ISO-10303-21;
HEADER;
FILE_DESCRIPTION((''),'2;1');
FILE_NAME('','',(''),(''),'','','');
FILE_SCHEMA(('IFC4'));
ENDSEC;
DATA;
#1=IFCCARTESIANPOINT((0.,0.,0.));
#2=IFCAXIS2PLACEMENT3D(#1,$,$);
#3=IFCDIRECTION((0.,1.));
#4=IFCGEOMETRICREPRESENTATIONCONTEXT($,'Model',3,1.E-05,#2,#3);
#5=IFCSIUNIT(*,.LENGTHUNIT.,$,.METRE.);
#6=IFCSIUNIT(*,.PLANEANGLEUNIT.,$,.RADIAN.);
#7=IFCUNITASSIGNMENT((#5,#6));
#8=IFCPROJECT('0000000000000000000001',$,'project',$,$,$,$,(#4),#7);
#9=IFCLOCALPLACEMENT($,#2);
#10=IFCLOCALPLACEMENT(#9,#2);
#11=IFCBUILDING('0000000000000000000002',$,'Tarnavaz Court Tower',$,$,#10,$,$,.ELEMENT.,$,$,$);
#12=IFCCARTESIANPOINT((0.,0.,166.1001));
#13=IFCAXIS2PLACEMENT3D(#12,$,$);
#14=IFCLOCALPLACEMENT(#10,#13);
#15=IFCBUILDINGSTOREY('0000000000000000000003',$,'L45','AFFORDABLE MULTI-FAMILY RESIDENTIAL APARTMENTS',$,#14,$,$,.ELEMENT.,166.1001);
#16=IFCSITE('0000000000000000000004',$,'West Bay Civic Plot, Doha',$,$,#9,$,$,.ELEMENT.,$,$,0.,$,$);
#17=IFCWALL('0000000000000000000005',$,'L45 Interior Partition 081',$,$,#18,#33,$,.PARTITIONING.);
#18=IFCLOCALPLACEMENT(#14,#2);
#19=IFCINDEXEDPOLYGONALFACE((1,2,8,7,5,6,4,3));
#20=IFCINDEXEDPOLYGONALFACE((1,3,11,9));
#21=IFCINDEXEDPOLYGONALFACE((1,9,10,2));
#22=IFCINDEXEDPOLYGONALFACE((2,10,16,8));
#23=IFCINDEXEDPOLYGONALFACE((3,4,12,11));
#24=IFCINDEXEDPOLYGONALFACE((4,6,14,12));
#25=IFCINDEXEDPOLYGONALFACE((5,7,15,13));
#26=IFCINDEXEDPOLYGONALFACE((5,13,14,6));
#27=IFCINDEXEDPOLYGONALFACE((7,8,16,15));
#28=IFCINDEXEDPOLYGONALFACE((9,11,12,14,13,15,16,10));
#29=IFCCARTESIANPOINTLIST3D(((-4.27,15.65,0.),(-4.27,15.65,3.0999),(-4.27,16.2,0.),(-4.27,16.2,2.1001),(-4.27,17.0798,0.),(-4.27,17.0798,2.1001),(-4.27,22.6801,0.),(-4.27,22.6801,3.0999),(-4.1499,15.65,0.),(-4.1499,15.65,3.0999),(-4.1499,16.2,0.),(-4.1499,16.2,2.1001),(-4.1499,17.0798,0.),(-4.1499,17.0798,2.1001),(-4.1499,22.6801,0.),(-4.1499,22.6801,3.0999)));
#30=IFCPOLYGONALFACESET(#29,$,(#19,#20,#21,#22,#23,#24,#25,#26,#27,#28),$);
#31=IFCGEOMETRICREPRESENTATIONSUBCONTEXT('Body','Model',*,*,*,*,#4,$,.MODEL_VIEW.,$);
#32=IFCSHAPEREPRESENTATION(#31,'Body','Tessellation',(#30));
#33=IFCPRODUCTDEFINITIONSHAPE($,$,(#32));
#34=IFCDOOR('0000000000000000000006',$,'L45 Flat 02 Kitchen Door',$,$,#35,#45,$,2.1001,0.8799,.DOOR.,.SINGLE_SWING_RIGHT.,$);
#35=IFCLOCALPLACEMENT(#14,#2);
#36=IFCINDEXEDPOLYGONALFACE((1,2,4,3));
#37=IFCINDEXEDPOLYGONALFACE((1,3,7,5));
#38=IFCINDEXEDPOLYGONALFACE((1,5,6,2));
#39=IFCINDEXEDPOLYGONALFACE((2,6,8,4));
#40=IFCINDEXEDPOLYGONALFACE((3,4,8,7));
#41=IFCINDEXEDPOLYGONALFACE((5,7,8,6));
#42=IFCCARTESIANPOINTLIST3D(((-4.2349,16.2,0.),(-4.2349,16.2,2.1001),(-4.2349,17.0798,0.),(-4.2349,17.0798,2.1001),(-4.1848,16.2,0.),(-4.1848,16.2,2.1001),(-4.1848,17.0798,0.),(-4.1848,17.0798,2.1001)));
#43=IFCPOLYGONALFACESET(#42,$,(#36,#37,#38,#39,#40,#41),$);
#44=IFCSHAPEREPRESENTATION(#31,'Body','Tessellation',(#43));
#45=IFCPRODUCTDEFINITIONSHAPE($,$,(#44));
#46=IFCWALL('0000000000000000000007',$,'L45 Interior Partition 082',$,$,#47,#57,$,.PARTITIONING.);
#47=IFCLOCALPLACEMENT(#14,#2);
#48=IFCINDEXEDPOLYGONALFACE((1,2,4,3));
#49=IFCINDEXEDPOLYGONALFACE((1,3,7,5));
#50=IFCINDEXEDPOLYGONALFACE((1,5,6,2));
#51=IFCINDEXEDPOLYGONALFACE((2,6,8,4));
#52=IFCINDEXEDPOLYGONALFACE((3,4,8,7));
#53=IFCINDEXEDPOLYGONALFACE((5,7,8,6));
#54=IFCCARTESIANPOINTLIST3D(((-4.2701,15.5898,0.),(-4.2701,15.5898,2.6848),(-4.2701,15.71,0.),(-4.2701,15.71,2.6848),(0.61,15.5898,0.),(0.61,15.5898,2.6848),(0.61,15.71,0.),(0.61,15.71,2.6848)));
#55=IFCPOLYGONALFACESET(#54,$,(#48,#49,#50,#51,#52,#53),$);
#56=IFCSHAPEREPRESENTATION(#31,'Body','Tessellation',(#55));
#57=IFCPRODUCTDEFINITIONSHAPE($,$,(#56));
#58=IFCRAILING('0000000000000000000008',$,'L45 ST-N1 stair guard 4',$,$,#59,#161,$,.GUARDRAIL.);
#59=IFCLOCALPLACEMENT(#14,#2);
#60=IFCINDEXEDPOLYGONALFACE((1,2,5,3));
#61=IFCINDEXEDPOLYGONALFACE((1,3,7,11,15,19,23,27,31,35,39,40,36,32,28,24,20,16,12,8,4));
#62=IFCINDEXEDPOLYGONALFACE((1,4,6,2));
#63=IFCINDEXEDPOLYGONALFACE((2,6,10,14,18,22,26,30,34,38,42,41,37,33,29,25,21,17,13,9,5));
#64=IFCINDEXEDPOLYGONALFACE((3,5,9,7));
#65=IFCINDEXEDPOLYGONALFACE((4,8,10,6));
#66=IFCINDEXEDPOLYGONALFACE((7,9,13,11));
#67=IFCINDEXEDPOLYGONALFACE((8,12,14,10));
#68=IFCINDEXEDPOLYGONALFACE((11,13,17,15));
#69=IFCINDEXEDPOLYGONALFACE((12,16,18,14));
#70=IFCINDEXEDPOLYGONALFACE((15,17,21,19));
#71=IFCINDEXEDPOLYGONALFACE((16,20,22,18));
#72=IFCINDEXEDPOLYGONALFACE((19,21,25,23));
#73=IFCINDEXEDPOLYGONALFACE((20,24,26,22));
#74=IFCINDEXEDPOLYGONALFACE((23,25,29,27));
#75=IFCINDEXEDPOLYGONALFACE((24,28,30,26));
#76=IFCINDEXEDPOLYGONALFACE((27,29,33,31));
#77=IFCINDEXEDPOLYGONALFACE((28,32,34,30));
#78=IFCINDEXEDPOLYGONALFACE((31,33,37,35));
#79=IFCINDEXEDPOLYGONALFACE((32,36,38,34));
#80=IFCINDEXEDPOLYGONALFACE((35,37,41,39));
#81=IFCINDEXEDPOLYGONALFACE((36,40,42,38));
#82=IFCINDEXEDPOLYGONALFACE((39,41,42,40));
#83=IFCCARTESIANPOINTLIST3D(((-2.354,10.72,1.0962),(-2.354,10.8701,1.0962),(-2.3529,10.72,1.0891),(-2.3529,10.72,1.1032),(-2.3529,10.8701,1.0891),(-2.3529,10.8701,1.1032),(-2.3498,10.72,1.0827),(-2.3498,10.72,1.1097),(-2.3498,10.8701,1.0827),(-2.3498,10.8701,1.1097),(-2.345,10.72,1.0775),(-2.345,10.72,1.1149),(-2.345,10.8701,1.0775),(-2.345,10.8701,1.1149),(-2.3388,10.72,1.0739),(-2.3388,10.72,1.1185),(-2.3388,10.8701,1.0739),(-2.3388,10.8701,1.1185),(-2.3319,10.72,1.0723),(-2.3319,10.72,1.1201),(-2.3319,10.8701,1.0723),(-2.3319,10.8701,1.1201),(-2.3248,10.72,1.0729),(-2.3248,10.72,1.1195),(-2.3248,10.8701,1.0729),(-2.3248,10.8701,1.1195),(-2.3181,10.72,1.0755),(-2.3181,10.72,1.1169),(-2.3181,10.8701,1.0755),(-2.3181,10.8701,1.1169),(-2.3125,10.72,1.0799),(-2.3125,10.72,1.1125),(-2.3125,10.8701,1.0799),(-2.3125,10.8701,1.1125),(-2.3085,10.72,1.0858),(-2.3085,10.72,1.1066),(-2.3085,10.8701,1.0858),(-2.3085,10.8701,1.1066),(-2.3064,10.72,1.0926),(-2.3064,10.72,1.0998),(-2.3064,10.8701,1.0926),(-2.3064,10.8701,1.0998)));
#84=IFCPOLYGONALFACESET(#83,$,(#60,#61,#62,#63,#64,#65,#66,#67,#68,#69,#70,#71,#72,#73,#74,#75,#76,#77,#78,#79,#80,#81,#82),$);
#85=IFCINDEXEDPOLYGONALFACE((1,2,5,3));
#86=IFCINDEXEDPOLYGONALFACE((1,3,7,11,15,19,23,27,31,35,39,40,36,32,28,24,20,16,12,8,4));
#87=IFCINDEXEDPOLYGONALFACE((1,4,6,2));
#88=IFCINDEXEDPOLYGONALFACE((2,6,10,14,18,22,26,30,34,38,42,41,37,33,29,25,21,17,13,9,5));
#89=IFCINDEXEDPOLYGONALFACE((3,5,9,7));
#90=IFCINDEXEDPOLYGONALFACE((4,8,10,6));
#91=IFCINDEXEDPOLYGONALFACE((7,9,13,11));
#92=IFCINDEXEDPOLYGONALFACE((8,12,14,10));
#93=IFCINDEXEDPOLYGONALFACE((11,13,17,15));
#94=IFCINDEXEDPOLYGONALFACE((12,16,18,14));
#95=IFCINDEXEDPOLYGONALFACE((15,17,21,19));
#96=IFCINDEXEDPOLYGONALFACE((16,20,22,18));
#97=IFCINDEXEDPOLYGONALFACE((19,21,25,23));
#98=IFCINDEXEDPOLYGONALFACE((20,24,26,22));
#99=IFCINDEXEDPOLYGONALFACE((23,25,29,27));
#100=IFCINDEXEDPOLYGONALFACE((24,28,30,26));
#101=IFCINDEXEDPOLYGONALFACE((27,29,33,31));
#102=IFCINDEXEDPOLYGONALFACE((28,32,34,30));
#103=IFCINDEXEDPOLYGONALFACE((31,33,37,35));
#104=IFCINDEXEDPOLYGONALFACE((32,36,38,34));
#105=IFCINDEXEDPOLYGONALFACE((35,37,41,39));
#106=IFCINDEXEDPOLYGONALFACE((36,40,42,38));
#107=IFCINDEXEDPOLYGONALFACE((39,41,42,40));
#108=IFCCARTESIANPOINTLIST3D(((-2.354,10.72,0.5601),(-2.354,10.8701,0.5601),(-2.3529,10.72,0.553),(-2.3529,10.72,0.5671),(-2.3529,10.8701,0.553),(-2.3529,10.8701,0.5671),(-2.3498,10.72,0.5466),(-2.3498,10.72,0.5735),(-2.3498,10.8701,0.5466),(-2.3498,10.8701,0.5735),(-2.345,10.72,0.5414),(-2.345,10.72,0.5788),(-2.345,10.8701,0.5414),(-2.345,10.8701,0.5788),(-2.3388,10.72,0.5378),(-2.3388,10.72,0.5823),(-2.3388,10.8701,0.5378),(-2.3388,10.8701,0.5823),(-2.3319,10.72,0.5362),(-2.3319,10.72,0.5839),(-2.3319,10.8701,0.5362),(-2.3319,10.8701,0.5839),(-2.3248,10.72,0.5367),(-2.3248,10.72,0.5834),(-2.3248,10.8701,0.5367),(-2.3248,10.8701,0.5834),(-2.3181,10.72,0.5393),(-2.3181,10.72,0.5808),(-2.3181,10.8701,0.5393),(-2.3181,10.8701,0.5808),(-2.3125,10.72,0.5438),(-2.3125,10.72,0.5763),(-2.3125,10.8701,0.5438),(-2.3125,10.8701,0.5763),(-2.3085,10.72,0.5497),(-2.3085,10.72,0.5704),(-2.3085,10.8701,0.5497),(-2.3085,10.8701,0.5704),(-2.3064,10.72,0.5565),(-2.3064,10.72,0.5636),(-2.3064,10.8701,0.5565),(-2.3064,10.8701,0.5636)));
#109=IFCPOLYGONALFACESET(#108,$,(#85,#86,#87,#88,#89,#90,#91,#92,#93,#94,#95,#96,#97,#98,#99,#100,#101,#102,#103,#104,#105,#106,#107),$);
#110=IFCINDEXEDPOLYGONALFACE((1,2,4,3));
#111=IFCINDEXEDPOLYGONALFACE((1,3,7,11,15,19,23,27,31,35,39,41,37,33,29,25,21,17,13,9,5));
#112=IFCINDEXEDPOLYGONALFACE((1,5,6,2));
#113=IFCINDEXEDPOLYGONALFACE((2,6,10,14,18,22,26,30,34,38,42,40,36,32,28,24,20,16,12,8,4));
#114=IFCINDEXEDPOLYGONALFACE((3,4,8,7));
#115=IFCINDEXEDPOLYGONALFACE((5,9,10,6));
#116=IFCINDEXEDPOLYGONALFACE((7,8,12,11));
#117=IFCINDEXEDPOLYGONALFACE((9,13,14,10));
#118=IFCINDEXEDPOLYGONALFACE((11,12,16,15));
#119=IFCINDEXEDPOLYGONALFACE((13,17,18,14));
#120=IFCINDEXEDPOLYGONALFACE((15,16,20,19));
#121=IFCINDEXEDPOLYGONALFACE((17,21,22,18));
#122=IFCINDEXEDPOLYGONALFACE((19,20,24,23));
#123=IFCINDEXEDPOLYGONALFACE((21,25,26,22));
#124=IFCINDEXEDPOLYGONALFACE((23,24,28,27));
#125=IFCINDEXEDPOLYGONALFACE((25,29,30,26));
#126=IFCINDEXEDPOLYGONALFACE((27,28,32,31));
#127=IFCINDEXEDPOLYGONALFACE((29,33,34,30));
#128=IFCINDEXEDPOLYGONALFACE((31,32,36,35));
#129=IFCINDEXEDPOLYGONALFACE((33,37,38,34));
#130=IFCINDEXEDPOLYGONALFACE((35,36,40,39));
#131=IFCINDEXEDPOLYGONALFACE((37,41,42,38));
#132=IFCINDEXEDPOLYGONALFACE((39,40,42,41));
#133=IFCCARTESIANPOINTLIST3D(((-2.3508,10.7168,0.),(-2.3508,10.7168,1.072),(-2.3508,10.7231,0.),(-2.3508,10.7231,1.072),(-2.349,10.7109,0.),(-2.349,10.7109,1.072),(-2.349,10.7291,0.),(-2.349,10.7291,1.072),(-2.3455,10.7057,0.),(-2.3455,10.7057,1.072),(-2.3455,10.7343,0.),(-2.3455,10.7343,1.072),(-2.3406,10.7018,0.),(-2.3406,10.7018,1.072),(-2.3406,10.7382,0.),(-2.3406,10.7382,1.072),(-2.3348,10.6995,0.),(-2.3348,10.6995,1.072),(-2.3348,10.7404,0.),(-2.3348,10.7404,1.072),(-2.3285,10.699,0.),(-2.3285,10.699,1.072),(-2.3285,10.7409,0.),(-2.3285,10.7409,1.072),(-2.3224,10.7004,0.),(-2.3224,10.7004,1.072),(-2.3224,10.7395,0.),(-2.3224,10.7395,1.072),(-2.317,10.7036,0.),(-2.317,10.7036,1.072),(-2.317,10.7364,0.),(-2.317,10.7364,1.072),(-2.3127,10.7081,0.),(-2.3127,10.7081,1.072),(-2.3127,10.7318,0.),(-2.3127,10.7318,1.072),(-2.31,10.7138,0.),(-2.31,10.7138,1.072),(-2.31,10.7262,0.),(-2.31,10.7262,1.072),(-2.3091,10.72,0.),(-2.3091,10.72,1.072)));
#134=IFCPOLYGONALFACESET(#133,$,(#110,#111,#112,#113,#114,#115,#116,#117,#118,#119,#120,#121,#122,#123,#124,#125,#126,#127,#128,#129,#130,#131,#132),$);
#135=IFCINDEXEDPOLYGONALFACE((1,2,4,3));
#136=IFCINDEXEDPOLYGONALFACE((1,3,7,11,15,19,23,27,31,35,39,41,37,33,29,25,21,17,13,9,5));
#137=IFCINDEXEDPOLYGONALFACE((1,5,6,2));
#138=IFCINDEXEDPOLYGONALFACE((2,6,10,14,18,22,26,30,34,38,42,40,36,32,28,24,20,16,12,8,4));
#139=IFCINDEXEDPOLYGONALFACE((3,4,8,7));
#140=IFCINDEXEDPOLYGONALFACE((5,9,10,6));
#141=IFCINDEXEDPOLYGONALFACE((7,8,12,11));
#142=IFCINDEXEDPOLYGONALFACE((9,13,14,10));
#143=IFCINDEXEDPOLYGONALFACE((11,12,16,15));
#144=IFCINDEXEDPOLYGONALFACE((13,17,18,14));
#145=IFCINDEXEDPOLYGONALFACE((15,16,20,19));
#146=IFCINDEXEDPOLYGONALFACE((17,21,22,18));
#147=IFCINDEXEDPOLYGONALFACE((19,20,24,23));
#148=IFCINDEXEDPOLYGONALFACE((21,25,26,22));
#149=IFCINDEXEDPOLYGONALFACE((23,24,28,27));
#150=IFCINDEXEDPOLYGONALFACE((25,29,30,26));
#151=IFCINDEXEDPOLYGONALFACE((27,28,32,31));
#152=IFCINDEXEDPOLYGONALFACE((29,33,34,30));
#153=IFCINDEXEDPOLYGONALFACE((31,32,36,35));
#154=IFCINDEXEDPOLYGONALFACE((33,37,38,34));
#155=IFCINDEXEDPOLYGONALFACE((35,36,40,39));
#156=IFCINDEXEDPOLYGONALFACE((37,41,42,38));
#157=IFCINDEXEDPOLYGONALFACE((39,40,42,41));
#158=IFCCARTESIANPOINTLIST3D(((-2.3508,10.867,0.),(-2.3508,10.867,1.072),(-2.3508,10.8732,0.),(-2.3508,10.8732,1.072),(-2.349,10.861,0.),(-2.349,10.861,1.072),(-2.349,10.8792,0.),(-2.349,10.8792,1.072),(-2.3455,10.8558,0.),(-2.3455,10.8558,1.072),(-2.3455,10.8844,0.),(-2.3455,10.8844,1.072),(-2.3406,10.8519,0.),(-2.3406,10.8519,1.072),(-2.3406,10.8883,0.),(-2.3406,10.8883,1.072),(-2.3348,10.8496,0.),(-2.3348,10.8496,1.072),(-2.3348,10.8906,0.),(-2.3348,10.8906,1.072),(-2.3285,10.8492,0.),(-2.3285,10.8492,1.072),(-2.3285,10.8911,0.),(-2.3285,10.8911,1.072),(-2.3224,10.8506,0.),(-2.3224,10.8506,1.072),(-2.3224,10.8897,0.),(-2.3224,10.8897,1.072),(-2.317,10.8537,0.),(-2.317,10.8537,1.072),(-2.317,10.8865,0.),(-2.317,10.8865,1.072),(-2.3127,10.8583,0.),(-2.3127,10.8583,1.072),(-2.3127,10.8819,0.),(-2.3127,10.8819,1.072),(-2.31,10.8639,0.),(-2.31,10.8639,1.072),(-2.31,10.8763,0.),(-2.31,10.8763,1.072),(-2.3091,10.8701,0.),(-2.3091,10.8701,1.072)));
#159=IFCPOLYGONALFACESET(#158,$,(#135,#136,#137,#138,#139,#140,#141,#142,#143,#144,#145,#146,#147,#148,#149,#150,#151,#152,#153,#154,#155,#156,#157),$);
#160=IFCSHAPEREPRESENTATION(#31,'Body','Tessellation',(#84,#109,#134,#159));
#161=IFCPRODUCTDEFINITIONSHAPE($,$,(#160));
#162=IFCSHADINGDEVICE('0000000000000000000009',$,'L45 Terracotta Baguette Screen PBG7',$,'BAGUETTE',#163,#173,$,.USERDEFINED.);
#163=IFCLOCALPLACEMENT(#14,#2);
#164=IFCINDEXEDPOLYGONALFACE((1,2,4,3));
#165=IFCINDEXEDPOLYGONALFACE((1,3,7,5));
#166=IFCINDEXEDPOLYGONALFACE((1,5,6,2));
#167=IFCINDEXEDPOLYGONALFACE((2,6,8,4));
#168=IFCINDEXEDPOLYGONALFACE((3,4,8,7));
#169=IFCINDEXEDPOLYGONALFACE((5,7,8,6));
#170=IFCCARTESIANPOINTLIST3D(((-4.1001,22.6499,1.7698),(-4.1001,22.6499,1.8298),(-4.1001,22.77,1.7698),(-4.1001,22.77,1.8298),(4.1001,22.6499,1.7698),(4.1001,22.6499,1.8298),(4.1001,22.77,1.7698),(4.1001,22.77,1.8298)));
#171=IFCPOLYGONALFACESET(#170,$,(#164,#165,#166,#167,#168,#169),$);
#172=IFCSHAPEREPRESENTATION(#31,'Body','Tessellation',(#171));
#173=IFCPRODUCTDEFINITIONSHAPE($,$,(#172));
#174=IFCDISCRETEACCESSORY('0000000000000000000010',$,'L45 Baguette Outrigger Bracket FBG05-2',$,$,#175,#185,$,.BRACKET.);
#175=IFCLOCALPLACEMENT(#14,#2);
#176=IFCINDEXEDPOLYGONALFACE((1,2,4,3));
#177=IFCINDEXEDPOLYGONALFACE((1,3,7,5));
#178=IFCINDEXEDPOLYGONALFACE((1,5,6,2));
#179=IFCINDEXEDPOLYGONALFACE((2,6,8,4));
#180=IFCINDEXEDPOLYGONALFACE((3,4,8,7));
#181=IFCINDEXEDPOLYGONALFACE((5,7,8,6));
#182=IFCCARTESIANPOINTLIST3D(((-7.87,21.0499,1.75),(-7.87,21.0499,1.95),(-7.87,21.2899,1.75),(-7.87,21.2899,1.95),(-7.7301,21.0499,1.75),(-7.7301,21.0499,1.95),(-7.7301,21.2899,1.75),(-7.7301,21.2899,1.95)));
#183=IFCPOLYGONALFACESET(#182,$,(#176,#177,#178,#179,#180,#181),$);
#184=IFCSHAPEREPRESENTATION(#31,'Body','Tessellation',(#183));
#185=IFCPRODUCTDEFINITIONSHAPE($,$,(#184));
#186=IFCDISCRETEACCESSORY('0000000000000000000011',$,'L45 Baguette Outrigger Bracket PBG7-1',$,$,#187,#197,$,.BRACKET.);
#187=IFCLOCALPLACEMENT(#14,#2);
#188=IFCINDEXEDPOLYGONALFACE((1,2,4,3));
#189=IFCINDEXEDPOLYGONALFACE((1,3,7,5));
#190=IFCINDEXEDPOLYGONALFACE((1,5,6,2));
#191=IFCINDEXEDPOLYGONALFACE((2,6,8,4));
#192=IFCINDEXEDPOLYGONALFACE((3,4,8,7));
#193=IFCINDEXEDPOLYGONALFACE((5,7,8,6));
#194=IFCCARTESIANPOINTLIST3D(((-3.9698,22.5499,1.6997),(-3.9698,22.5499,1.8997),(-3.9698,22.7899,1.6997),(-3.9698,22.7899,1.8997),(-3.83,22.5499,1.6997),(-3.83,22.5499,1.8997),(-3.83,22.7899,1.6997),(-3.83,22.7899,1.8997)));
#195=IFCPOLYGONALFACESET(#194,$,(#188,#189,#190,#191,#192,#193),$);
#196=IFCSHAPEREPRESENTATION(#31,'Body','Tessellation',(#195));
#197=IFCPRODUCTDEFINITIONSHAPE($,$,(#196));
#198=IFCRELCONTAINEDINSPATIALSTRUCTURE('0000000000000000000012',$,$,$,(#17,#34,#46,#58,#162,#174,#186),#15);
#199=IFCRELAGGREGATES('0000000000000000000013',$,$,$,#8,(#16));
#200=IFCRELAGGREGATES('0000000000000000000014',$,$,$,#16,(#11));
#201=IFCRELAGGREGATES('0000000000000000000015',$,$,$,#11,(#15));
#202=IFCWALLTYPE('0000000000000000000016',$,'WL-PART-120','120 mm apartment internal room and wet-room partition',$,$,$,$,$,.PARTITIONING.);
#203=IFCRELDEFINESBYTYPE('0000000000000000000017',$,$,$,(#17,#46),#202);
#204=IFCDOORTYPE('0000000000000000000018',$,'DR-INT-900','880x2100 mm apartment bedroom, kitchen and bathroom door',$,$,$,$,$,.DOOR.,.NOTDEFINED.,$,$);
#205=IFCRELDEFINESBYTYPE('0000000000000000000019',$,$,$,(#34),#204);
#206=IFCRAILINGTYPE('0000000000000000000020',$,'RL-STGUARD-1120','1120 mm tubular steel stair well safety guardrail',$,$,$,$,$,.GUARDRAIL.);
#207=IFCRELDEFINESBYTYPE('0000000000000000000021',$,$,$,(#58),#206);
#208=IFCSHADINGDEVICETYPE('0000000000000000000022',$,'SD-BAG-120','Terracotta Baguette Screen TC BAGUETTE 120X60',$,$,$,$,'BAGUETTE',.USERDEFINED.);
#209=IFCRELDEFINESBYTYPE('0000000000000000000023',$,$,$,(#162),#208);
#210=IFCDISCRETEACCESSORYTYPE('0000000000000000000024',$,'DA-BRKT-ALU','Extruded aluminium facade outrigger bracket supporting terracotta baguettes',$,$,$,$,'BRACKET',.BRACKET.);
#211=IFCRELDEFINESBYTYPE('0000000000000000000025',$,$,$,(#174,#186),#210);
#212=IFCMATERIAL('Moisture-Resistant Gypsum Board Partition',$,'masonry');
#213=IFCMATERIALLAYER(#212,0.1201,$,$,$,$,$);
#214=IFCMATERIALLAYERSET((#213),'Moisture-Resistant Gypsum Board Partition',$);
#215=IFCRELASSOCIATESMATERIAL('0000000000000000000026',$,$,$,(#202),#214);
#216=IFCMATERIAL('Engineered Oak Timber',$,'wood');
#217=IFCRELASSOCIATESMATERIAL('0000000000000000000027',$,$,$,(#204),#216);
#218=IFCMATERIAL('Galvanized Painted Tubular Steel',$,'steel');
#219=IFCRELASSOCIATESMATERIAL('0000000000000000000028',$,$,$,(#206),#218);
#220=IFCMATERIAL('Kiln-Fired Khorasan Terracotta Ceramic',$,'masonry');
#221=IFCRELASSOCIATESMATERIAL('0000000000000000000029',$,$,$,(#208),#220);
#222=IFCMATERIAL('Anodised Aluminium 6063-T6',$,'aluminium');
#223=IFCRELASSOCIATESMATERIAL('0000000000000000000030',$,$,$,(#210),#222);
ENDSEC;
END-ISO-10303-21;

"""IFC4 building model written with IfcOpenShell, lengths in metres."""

from ifc_helpers import new_model, si_unit, direction, frame, frame_2d, origin, origin_2d, place, context, subcontext, project, spatial, rectangle, circle, extrude, material, layer, layer_set, material_profile, profile_set, type_object, element, fill, save


model = new_model("IFC4")

# Units and contexts
model_context = context("Model", 3, precision=1e-05, world=origin(), true_north=direction((0.0, 1.0)))
body_context = subcontext(model_context, "Body", "Model", "MODEL_VIEW")
ifc_project = project(units=[si_unit("LENGTHUNIT", "METRE"), si_unit("PLANEANGLEUNIT", "RADIAN")], contexts=[model_context])

# Site, building, storey
site_placement = place(None, origin())
site = spatial("IfcSite", under=ifc_project, at=site_placement, Name="West Bay Civic Plot, Doha", CompositionType="ELEMENT", RefElevation=0.0)
building_placement = place(site_placement, origin())
building = spatial("IfcBuilding", under=site, at=building_placement, Name="Tarnavaz Court Tower", CompositionType="ELEMENT")
storey_placement = place(building_placement, frame((0.0, 0.0, 166.1001)))
storey = spatial("IfcBuildingStorey", under=building, at=storey_placement, Name="L45", Description="AFFORDABLE MULTI-FAMILY RESIDENTIAL APARTMENTS", CompositionType="ELEMENT", Elevation=166.1001)

# Shared definitions
ifc_material_1 = material(Name="Anodised Aluminium 6063-T6", Category="aluminium")

# Wall, opening, door
ifc_material_2 = material(Name="Moisture-Resistant Gypsum Board Partition", Category="masonry")
ifc_layer_1 = layer(ifc_material_2, 0.1201)
ifc_layer_set_1 = layer_set([ifc_layer_1], Name="Moisture-Resistant Gypsum Board Partition")
wall_type_1 = type_object("IfcWallType", Name="WL-PART-120", Description="120 mm apartment internal room and wet-room partition", PredefinedType="PARTITIONING", material=ifc_layer_set_1)
ifc_material_3 = material(Name="Engineered Oak Timber", Category="wood")
door_type = type_object("IfcDoorType", Name="DR-INT-900", Description="880x2100 mm apartment bedroom, kitchen and bathroom door", OperationType="NOTDEFINED", PredefinedType="DOOR", material=ifc_material_3)
wall_1_placement = place(storey_placement, frame((-4.21, 15.6499, 0.0), z_axis=(0.0, 0.0, 1.0), x_axis=(0.0, 1.0, 0.0)))
wall_1 = element("IfcWall", 1, at=wall_1_placement, inside=storey, type_object=wall_type_1, Name="L45 Interior Partition 081", PredefinedType="PARTITIONING", context=body_context, shape_type="SweptSolid", body=[
    extrude(rectangle(XDim=7.03, YDim=0.1201, at=frame_2d((3.5151, 0.0))), origin(), (0.0, 0.0, 1.0), 3.0999),
])
opening_1_placement = place(wall_1_placement, frame((0.55, 0.0, 0.0)))
opening_1 = element("IfcOpeningElement", 2, at=opening_1_placement, cuts=wall_1, PredefinedType="OPENING", context=body_context, shape_type="SweptSolid", body=[
    extrude(rectangle(XDim=0.8799, YDim=2.1001, at=frame_2d((0.4399, 1.05))), frame((0.0, 0.0701, 0.0), z_axis=(0.0, -1.0, 0.0), x_axis=(1.0, 0.0, 0.0)), (0.0, 0.0, 1.0), 0.1401),
])
door_1_placement = place(opening_1_placement, origin())
door_1 = element("IfcDoor", 3, at=door_1_placement, inside=storey, type_object=door_type, Name="L45 Flat 02 Kitchen Door", OperationType="SINGLE_SWING_RIGHT", OverallHeight=2.1001, OverallWidth=0.8799, PredefinedType="DOOR", context=body_context, shape_type="SweptSolid", body=[
    extrude(rectangle(XDim=0.8799, YDim=2.1001, at=frame_2d((0.4399, 1.05))), frame((0.0, 0.0249, 0.0), z_axis=(0.0, -1.0, 0.0), x_axis=(1.0, 0.0, 0.0)), (0.0, 0.0, 1.0), 0.05),
])
fill(opening_1, door_1)

# Wall
wall_2_placement = place(storey_placement, frame((-4.27, 15.6499, 0.0), z_axis=(0.0, 0.0, 1.0), x_axis=(1.0, 0.0, 0.0)))
element("IfcWall", 4, at=wall_2_placement, inside=storey, type_object=wall_type_1, Name="L45 Interior Partition 082", PredefinedType="PARTITIONING", context=body_context, shape_type="SweptSolid", body=[
    extrude(rectangle(XDim=4.8801, YDim=0.1201, at=frame_2d((2.4399, 0.0))), origin(), (0.0, 0.0, 1.0), 2.6848),
])

# Railing
ifc_material_4 = material(Name="Galvanized Painted Tubular Steel", Category="steel")
railing_type = type_object("IfcRailingType", Name="RL-STGUARD-1120", Description="1120 mm tubular steel stair well safety guardrail", PredefinedType="GUARDRAIL", material=ifc_material_4)
railing_placement = place(storey_placement, frame((-2.3301, 10.72, 0.0)))
element("IfcRailing", 5, at=railing_placement, inside=storey, type_object=railing_type, Name="L45 ST-N1 stair guard 4", PredefinedType="GUARDRAIL", context=body_context, shape_type="SweptSolid", body=[
    extrude(circle(Radius=0.0239, at=origin_2d()), frame((0.0, 0.0, 1.0962), z_axis=(0.0, 1.0, 0.0), x_axis=(-1.0, 0.0, 0.0)), (0.0, 0.0, 1.0), 0.1501),
    extrude(circle(Radius=0.0239, at=origin_2d()), frame((0.0, 0.0, 0.5601), z_axis=(0.0, 1.0, 0.0), x_axis=(-1.0, 0.0, 0.0)), (0.0, 0.0, 1.0), 0.1501),
    extrude(circle(Radius=0.021, at=origin_2d()), origin(), (0.0, 0.0, 1.0), 1.072),
    extrude(circle(Radius=0.021, at=origin_2d()), frame((0.0, 0.1501, 0.0)), (0.0, 0.0, 1.0), 1.072),
])

# Shading device
ifc_material_5 = material(Name="Kiln-Fired Khorasan Terracotta Ceramic", Category="masonry")
ifc_material_profile_1 = material_profile(ifc_material_5, rectangle(XDim=0.1201, YDim=0.0601, at=origin_2d()), Name="TC BAGUETTE 120X60")
ifc_profile_set_1 = profile_set([ifc_material_profile_1], Name="Kiln-Fired Khorasan Terracotta Ceramic")
shading_device_type = type_object("IfcShadingDeviceType", Name="SD-BAG-120", Description="Terracotta Baguette Screen TC BAGUETTE 120X60", ElementType="BAGUETTE", PredefinedType="USERDEFINED", material=ifc_profile_set_1)
shading_device_placement = place(storey_placement, frame((-4.1001, 22.71, 1.7998), z_axis=(1.0, 0.0, 0.0), x_axis=(0.0, 1.0, 0.0)))
element("IfcShadingDevice", 6, at=shading_device_placement, inside=storey, type_object=shading_device_type, Name="L45 Terracotta Baguette Screen PBG7", ObjectType="BAGUETTE", PredefinedType="USERDEFINED", context=body_context, shape_type="SweptSolid", body=[
    extrude(rectangle(XDim=0.1201, YDim=0.0601, at=origin_2d()), origin(), (0.0, 0.0, 1.0), 8.2002),
])

# Discrete accessories
discrete_accessory_type = type_object("IfcDiscreteAccessoryType", Name="DA-BRKT-ALU", Description="Extruded aluminium facade outrigger bracket supporting terracotta baguettes", ElementType="BRACKET", PredefinedType="BRACKET", material=ifc_material_1)
for number, where, z_axis, x_axis, name in (
    (7, (-7.8, 21.1699, 1.75), (0.0, 0.0, 1.0), (1.0, 0.0, 0.0), "L45 Baguette Outrigger Bracket FBG05-2"),
    (8, (-3.8999, 22.6699, 1.6997), (0.0, 0.0, 1.0), (1.0, 0.0, 0.0), "L45 Baguette Outrigger Bracket PBG7-1"),
):
    element("IfcDiscreteAccessory", number, at=place(storey_placement, frame(where, z_axis=z_axis, x_axis=x_axis)), inside=storey, type_object=discrete_accessory_type, Name=name, PredefinedType="BRACKET", context=body_context, shape_type="SweptSolid", body=[
        extrude(rectangle(XDim=0.1399, YDim=0.24, at=origin_2d()), origin(), (0.0, 0.0, 1.0), 0.2),
    ])

save(model, "model.ifc")
